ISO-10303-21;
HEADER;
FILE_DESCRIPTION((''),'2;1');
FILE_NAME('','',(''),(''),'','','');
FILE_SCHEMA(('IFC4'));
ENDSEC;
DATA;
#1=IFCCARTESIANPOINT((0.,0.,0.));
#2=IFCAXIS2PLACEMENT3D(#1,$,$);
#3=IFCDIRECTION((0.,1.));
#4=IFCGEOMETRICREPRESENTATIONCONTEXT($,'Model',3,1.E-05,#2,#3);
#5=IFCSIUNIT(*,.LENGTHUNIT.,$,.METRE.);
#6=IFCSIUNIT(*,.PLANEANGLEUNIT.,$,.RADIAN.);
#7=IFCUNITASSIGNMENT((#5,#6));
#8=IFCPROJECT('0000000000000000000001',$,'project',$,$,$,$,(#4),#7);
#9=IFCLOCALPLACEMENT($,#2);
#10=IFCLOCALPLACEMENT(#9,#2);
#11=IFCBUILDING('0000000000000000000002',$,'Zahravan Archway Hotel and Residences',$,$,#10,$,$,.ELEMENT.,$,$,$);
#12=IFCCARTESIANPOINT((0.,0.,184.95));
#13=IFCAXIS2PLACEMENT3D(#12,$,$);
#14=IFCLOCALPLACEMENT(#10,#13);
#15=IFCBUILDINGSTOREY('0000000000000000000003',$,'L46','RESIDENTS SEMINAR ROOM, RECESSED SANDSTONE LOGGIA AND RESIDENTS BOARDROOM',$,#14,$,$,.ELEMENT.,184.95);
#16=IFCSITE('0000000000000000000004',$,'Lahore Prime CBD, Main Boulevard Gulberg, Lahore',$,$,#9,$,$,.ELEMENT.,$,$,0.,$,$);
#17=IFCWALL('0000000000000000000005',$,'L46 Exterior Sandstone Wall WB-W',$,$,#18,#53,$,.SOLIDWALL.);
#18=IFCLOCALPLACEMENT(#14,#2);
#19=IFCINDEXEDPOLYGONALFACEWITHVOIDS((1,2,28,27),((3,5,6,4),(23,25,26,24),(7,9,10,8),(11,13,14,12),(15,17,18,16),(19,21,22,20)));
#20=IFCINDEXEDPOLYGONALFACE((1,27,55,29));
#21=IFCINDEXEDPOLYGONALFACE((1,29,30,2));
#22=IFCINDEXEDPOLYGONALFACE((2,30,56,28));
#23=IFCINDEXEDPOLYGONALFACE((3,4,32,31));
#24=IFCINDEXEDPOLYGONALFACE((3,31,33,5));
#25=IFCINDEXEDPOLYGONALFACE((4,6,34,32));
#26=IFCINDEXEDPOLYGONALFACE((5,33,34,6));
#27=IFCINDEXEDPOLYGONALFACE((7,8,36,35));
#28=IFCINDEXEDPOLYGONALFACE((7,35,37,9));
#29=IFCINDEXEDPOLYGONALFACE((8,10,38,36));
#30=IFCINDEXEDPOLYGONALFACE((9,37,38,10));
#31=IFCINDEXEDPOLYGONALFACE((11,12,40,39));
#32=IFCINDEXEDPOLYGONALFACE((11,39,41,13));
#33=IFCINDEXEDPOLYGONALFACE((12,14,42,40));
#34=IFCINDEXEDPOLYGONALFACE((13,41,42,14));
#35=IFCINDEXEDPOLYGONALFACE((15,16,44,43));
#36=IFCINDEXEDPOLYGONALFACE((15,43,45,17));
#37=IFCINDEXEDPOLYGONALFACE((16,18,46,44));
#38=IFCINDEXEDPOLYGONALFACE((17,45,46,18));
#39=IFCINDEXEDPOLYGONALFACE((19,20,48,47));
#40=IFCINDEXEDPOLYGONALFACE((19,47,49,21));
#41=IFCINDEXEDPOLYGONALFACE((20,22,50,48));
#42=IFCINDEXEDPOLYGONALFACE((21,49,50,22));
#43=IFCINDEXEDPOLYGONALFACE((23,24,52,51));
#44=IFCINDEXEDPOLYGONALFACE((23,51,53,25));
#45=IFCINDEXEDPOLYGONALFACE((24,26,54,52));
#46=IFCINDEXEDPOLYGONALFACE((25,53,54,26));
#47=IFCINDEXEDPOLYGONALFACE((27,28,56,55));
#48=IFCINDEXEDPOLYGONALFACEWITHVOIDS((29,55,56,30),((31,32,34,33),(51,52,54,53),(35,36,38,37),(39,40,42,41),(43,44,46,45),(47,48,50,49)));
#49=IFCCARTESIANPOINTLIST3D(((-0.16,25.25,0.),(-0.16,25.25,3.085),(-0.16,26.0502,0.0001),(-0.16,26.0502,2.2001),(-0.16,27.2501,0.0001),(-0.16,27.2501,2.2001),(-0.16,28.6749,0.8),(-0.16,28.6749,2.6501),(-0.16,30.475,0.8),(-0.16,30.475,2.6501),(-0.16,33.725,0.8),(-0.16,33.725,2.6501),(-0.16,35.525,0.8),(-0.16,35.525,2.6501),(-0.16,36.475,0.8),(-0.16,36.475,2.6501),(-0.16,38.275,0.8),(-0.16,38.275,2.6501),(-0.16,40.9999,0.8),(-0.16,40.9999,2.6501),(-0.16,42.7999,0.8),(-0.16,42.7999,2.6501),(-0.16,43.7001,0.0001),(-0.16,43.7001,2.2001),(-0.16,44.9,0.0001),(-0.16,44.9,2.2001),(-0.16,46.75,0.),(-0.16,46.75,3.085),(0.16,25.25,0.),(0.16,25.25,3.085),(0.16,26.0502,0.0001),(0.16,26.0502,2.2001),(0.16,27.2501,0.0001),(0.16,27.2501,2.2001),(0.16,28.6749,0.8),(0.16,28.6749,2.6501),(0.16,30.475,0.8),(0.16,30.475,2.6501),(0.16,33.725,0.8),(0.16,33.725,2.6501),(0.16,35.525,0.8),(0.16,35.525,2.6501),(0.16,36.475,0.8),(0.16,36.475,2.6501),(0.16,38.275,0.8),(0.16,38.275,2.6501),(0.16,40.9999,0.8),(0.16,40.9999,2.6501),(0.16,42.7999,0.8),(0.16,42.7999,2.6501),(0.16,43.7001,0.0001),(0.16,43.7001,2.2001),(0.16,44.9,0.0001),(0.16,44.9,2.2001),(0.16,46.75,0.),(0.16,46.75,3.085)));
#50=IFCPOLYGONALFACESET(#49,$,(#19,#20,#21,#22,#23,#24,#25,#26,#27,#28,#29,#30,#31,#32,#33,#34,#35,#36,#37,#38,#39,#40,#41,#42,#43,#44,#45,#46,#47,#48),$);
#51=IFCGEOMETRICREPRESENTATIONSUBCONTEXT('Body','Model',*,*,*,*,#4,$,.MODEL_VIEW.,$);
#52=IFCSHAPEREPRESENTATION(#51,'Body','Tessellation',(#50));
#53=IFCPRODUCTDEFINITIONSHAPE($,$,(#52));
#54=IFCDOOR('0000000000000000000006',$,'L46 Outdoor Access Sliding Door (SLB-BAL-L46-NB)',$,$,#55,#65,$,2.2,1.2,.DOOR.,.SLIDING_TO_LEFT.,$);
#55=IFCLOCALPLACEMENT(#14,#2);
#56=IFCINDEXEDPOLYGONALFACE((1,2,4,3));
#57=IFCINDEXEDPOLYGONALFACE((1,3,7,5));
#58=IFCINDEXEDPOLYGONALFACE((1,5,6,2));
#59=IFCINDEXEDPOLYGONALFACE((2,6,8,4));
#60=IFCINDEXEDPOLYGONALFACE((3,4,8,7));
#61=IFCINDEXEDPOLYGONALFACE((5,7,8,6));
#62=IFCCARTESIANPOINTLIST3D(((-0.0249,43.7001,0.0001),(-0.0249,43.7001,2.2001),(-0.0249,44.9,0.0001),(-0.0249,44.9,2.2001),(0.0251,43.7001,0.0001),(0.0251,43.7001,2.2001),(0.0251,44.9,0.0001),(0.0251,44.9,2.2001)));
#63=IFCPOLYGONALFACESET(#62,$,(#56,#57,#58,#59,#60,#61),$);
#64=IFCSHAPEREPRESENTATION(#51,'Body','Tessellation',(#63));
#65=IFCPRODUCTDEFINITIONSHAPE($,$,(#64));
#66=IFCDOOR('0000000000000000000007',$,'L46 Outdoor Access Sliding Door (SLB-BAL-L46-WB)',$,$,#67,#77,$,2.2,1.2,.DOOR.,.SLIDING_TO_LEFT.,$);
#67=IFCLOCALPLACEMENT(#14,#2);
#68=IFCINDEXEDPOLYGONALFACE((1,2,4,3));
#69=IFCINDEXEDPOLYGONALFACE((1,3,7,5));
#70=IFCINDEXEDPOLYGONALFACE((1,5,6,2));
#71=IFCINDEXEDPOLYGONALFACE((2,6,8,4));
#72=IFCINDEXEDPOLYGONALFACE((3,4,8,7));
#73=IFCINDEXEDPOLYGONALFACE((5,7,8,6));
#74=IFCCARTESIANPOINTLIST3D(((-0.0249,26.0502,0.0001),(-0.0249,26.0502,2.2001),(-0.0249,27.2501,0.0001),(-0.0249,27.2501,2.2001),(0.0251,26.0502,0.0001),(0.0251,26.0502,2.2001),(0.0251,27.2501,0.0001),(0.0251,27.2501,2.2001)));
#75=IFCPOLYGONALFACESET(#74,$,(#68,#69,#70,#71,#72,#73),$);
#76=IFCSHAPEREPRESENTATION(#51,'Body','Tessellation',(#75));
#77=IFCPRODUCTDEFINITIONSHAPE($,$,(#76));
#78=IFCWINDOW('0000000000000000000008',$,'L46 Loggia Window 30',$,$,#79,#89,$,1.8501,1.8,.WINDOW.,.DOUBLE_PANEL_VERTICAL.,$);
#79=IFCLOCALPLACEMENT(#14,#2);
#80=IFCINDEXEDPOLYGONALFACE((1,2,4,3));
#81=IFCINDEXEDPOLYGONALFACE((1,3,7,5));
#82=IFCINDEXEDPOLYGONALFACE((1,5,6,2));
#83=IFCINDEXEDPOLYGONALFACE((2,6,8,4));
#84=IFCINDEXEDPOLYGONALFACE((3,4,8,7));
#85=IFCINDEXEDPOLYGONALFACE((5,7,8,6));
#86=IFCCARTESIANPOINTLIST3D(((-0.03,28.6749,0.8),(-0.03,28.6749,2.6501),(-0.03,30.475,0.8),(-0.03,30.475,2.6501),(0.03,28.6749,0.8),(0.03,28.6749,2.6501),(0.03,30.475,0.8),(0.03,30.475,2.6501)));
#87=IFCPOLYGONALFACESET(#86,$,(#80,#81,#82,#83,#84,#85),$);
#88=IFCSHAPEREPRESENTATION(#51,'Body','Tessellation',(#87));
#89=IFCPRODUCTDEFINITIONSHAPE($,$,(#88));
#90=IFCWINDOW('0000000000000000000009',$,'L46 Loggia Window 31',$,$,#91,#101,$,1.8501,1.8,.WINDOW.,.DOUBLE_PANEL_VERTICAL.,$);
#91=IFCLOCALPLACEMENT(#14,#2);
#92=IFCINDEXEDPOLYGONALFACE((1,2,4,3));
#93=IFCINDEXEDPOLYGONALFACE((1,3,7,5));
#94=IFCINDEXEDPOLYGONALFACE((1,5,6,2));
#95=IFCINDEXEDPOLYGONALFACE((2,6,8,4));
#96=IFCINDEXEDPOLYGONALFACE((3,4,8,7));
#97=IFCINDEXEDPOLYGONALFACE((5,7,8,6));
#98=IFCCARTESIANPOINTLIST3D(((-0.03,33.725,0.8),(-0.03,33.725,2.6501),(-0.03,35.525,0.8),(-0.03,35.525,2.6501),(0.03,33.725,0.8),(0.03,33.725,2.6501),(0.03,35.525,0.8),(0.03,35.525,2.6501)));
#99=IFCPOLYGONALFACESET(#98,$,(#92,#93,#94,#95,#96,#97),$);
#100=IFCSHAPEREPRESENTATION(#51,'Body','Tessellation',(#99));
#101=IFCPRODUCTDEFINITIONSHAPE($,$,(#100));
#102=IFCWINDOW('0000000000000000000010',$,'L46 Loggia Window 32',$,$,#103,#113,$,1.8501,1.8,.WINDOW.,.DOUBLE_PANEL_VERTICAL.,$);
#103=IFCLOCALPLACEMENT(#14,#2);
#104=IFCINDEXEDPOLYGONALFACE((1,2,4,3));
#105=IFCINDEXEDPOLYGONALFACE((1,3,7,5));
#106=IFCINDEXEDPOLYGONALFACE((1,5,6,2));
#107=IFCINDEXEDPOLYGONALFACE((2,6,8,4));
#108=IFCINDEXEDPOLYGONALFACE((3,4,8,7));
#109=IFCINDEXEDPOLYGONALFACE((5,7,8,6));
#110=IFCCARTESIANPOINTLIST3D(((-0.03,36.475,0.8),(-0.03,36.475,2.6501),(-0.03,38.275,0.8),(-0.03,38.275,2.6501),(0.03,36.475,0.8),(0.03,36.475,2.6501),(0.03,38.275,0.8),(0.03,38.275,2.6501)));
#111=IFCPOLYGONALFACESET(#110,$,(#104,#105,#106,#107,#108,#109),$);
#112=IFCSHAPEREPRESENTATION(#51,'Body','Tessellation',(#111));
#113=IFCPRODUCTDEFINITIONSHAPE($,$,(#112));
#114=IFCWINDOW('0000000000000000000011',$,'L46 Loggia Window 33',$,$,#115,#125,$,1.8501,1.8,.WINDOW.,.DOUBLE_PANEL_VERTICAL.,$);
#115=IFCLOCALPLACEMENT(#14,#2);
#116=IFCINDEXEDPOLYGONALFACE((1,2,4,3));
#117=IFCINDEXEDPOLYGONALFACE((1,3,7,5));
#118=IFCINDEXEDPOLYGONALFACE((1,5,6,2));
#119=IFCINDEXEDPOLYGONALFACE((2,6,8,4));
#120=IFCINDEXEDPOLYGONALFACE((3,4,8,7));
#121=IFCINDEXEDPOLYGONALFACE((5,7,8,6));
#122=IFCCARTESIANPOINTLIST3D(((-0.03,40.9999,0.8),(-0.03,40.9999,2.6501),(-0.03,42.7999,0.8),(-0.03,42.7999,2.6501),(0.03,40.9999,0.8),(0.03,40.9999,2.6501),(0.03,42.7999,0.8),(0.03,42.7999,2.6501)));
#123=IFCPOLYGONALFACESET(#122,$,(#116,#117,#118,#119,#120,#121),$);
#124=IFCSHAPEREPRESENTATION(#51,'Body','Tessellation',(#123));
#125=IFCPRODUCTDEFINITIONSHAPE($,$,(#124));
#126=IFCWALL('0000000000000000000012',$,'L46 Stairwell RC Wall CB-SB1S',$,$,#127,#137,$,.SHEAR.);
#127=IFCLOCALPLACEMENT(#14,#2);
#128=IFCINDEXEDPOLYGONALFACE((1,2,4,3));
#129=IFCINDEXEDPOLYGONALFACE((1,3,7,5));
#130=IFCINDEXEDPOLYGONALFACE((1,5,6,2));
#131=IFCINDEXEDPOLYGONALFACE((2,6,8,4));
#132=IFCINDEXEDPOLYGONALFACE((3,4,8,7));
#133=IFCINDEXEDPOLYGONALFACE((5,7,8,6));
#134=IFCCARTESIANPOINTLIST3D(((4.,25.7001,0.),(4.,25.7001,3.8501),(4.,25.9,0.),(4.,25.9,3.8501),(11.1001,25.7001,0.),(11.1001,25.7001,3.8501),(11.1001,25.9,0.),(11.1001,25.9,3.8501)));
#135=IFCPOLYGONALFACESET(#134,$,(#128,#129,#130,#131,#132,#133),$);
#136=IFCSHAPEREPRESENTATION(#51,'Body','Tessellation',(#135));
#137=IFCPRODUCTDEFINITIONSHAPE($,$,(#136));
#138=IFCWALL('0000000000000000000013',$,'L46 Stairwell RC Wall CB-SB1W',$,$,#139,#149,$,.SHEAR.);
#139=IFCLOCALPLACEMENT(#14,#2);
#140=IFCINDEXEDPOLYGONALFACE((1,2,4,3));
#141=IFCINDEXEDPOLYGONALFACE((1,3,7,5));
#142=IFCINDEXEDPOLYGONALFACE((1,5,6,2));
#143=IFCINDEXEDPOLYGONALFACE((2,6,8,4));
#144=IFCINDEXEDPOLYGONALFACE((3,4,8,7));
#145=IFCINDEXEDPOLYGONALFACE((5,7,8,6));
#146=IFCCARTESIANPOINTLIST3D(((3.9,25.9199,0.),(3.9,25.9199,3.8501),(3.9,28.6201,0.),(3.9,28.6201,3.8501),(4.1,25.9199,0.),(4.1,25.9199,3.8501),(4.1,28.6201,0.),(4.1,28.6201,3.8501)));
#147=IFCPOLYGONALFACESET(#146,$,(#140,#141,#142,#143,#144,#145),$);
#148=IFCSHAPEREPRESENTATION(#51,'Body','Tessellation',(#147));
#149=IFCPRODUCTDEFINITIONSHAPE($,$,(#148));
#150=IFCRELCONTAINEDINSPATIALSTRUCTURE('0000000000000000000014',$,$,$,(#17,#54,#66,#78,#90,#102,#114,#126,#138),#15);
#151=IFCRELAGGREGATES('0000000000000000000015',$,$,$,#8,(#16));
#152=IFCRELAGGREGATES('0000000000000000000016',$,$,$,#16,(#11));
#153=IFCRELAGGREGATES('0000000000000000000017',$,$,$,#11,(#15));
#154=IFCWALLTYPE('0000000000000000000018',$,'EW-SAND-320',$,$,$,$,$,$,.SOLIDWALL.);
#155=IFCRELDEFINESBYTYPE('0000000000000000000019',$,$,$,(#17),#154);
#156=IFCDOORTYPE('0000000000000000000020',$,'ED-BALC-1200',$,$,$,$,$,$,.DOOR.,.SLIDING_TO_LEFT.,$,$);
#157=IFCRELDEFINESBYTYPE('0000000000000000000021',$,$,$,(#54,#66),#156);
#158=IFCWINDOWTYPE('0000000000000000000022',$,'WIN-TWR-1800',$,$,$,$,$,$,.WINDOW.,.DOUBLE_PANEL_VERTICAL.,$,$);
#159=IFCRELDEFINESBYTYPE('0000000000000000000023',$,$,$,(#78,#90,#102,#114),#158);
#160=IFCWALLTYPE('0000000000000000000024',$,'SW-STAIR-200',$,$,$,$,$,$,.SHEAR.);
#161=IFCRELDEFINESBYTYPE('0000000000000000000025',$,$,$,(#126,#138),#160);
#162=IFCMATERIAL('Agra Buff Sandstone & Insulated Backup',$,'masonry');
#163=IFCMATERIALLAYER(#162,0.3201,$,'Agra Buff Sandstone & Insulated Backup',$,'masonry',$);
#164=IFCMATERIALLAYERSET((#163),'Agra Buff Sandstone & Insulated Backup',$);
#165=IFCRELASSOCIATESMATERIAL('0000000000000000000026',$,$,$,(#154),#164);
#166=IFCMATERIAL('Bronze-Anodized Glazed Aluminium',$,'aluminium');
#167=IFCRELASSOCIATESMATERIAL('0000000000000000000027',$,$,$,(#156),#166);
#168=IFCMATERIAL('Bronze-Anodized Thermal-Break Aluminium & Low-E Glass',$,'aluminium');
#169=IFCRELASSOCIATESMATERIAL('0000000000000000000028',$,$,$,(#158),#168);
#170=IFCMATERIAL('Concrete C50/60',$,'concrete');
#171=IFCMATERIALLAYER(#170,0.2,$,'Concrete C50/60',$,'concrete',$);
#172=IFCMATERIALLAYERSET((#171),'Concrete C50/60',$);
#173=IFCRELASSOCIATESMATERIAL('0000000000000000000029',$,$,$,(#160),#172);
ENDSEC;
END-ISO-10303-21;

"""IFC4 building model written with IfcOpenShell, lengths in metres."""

from ifc_helpers import new_model, si_unit, direction, frame, frame_2d, origin, place, context, subcontext, project, spatial, rectangle, extrude, source, transform, mapped, material, layer, layer_set, type_object, type_shapes, element, fill, save


model = new_model("IFC4")

# Units and contexts
model_context = context("Model", 3, precision=1e-05, world=origin(), true_north=direction((0.0, 1.0)))
body_context = subcontext(model_context, "Body", "Model", "MODEL_VIEW")
ifc_project = project(units=[si_unit("LENGTHUNIT", "METRE"), si_unit("PLANEANGLEUNIT", "RADIAN")], contexts=[model_context])

# Site, building, storey
site_placement = place(None, origin())
site = spatial("IfcSite", under=ifc_project, at=site_placement, Name="Lahore Prime CBD, Main Boulevard Gulberg, Lahore", CompositionType="ELEMENT", RefElevation=0.0)
building_placement = place(site_placement, origin())
building = spatial("IfcBuilding", under=site, at=building_placement, Name="Zahravan Archway Hotel and Residences", CompositionType="ELEMENT")
storey_placement = place(building_placement, frame((0.0, 0.0, 184.95)))
storey = spatial("IfcBuildingStorey", under=building, at=storey_placement, Name="L46", Description="RESIDENTS SEMINAR ROOM, RECESSED SANDSTONE LOGGIA AND RESIDENTS BOARDROOM", CompositionType="ELEMENT", Elevation=184.95)

# Shared definitions
ifc_material_1 = material(Name="Agra Buff Sandstone & Insulated Backup", Category="masonry")
ifc_layer_1 = layer(ifc_material_1, 0.3201, Name="Agra Buff Sandstone & Insulated Backup", Category="masonry")
ifc_layer_set_1 = layer_set([ifc_layer_1], Name="Agra Buff Sandstone & Insulated Backup")
wall_type_1 = type_object("IfcWallType", Name="EW-SAND-320", PredefinedType="SOLIDWALL", material=ifc_layer_set_1)
ifc_material_2 = material(Name="Bronze-Anodized Thermal-Break Aluminium & Low-E Glass", Category="aluminium")

# Wall, openings, doors, windows
wall_1_placement = place(storey_placement, frame((0.0, 25.25, 0.0), z_axis=(0.0, 0.0, 1.0), x_axis=(0.0, 1.0, 0.0)))
wall_1 = element("IfcWall", 1, at=wall_1_placement, inside=storey, type_object=wall_type_1, Name="L46 Exterior Sandstone Wall WB-W", PredefinedType="SOLIDWALL", context=body_context, shape_type="SweptSolid", body=[
    extrude(rectangle(XDim=21.5, YDim=0.3201, at=frame_2d((10.75, 0.0))), origin(), (0.0, 0.0, 1.0), 3.085),
])
opening_1_placement = place(wall_1_placement, frame((18.45, 0.0, 0.0)))
opening_1 = element("IfcOpeningElement", 2, at=opening_1_placement, cuts=wall_1, PredefinedType="OPENING", context=body_context, shape_type="SweptSolid", body=[
    extrude(rectangle(XDim=1.2, YDim=2.2, at=frame_2d((0.6001, 1.1001))), frame((0.0, 0.1699, 0.0), z_axis=(0.0, -1.0, 0.0), x_axis=(1.0, 0.0, 0.0)), (0.0, 0.0, 1.0), 0.3401),
])
opening_2_placement = place(wall_1_placement, frame((0.8, 0.0, 0.0)))
opening_2 = element("IfcOpeningElement", 3, at=opening_2_placement, cuts=wall_1, PredefinedType="OPENING", context=body_context, shape_type="SweptSolid", body=[
    extrude(rectangle(XDim=1.2, YDim=2.2, at=frame_2d((0.6001, 1.1001))), frame((0.0, 0.1699, 0.0), z_axis=(0.0, -1.0, 0.0), x_axis=(1.0, 0.0, 0.0)), (0.0, 0.0, 1.0), 0.3401),
])
opening_3_placement = place(wall_1_placement, frame((3.425, 0.0, 0.8)))
opening_3 = element("IfcOpeningElement", 4, at=opening_3_placement, cuts=wall_1, PredefinedType="OPENING", context=body_context, shape_type="SweptSolid", body=[
    extrude(rectangle(XDim=1.8, YDim=1.8501, at=frame_2d((0.8999, 0.925))), frame((0.0, 0.1699, 0.0), z_axis=(0.0, -1.0, 0.0), x_axis=(1.0, 0.0, 0.0)), (0.0, 0.0, 1.0), 0.3401),
])
opening_4_placement = place(wall_1_placement, frame((8.4751, 0.0, 0.8)))
opening_4 = element("IfcOpeningElement", 5, at=opening_4_placement, cuts=wall_1, PredefinedType="OPENING", context=body_context, shape_type="SweptSolid", body=[
    extrude(rectangle(XDim=1.8, YDim=1.8501, at=frame_2d((0.8999, 0.925))), frame((0.0, 0.1699, 0.0), z_axis=(0.0, -1.0, 0.0), x_axis=(1.0, 0.0, 0.0)), (0.0, 0.0, 1.0), 0.3401),
])
opening_5_placement = place(wall_1_placement, frame((11.2251, 0.0, 0.8)))
opening_5 = element("IfcOpeningElement", 6, at=opening_5_placement, cuts=wall_1, PredefinedType="OPENING", context=body_context, shape_type="SweptSolid", body=[
    extrude(rectangle(XDim=1.8, YDim=1.8501, at=frame_2d((0.8999, 0.925))), frame((0.0, 0.1699, 0.0), z_axis=(0.0, -1.0, 0.0), x_axis=(1.0, 0.0, 0.0)), (0.0, 0.0, 1.0), 0.3401),
])
opening_6_placement = place(wall_1_placement, frame((15.75, 0.0, 0.8)))
opening_6 = element("IfcOpeningElement", 7, at=opening_6_placement, cuts=wall_1, PredefinedType="OPENING", context=body_context, shape_type="SweptSolid", body=[
    extrude(rectangle(XDim=1.8, YDim=1.8501, at=frame_2d((0.8999, 0.925))), frame((0.0, 0.1699, 0.0), z_axis=(0.0, -1.0, 0.0), x_axis=(1.0, 0.0, 0.0)), (0.0, 0.0, 1.0), 0.3401),
])
ifc_material_3 = material(Name="Bronze-Anodized Glazed Aluminium", Category="aluminium")
door_type_1 = type_object("IfcDoorType", Name="ED-BALC-1200", OperationType="SLIDING_TO_LEFT", PredefinedType="DOOR", material=ifc_material_3)
shared_shape_1 = source(origin(), body_context, "Body", "SweptSolid", [
    extrude(rectangle(XDim=1.2, YDim=2.2, at=frame_2d((0.6001, 1.1001))), frame((0.0, 0.0249, 0.0), z_axis=(0.0, -1.0, 0.0), x_axis=(1.0, 0.0, 0.0)), (0.0, 0.0, 1.0), 0.05),
])
type_shapes(door_type_1, [shared_shape_1])
door_1_placement = place(opening_1_placement, origin())
door_1 = element("IfcDoor", 8, at=door_1_placement, inside=storey, type_object=door_type_1, Name="L46 Outdoor Access Sliding Door (SLB-BAL-L46-NB)", OperationType="SLIDING_TO_LEFT", OverallHeight=2.2, OverallWidth=1.2, PredefinedType="DOOR", context=body_context, shape_type="MappedRepresentation", body=[
    mapped(shared_shape_1, transform((0.0, 0.0, 0.0), scale=1.0)),
])
fill(opening_1, door_1)
door_2_placement = place(opening_2_placement, origin())
door_2 = element("IfcDoor", 9, at=door_2_placement, inside=storey, type_object=door_type_1, Name="L46 Outdoor Access Sliding Door (SLB-BAL-L46-WB)", OperationType="SLIDING_TO_LEFT", OverallHeight=2.2, OverallWidth=1.2, PredefinedType="DOOR", context=body_context, shape_type="MappedRepresentation", body=[
    mapped(shared_shape_1, transform((0.0, 0.0, 0.0), scale=1.0)),
])
fill(opening_2, door_2)
window_type_1 = type_object("IfcWindowType", Name="WIN-TWR-1800", PartitioningType="DOUBLE_PANEL_VERTICAL", PredefinedType="WINDOW", material=ifc_material_2)
shared_shape_2 = source(origin(), body_context, "Body", "SweptSolid", [
    extrude(rectangle(XDim=1.8, YDim=1.8501, at=frame_2d((0.8999, 0.925))), frame((0.0, 0.03, 0.0), z_axis=(0.0, -1.0, 0.0), x_axis=(1.0, 0.0, 0.0)), (0.0, 0.0, 1.0), 0.0601),
])
type_shapes(window_type_1, [shared_shape_2])
window_1_placement = place(opening_3_placement, origin())
window_1 = element("IfcWindow", 10, at=window_1_placement, inside=storey, type_object=window_type_1, Name="L46 Loggia Window 30", OverallHeight=1.8501, OverallWidth=1.8, PartitioningType="DOUBLE_PANEL_VERTICAL", PredefinedType="WINDOW", context=body_context, shape_type="MappedRepresentation", body=[
    mapped(shared_shape_2, transform((0.0, 0.0, 0.0), scale=1.0)),
])
fill(opening_3, window_1)
window_2_placement = place(opening_4_placement, origin())
window_2 = element("IfcWindow", 11, at=window_2_placement, inside=storey, type_object=window_type_1, Name="L46 Loggia Window 31", OverallHeight=1.8501, OverallWidth=1.8, PartitioningType="DOUBLE_PANEL_VERTICAL", PredefinedType="WINDOW", context=body_context, shape_type="MappedRepresentation", body=[
    mapped(shared_shape_2, transform((0.0, 0.0, 0.0), scale=1.0)),
])
fill(opening_4, window_2)
window_3_placement = place(opening_5_placement, origin())
window_3 = element("IfcWindow", 12, at=window_3_placement, inside=storey, type_object=window_type_1, Name="L46 Loggia Window 32", OverallHeight=1.8501, OverallWidth=1.8, PartitioningType="DOUBLE_PANEL_VERTICAL", PredefinedType="WINDOW", context=body_context, shape_type="MappedRepresentation", body=[
    mapped(shared_shape_2, transform((0.0, 0.0, 0.0), scale=1.0)),
])
fill(opening_5, window_3)
window_4_placement = place(opening_6_placement, origin())
window_4 = element("IfcWindow", 13, at=window_4_placement, inside=storey, type_object=window_type_1, Name="L46 Loggia Window 33", OverallHeight=1.8501, OverallWidth=1.8, PartitioningType="DOUBLE_PANEL_VERTICAL", PredefinedType="WINDOW", context=body_context, shape_type="MappedRepresentation", body=[
    mapped(shared_shape_2, transform((0.0, 0.0, 0.0), scale=1.0)),
])
fill(opening_6, window_4)

# Walls
ifc_material_4 = material(Name="Concrete C50/60", Category="concrete")
ifc_layer_2 = layer(ifc_material_4, 0.2, Name="Concrete C50/60", Category="concrete")
ifc_layer_set_2 = layer_set([ifc_layer_2], Name="Concrete C50/60")
wall_type_2 = type_object("IfcWallType", Name="SW-STAIR-200", PredefinedType="SHEAR", material=ifc_layer_set_2)
wall_2_placement = place(storey_placement, frame((4.0, 25.8, 0.0), z_axis=(0.0, 0.0, 1.0), x_axis=(1.0, 0.0, 0.0)))
element("IfcWall", 14, at=wall_2_placement, inside=storey, type_object=wall_type_2, Name="L46 Stairwell RC Wall CB-SB1S", PredefinedType="SHEAR", context=body_context, shape_type="SweptSolid", body=[
    extrude(rectangle(XDim=7.1001, YDim=0.2, at=frame_2d((3.55, 0.0))), origin(), (0.0, 0.0, 1.0), 3.8501),
])
wall_3_placement = place(storey_placement, frame((4.0, 25.9199, 0.0), z_axis=(0.0, 0.0, 1.0), x_axis=(0.0, 1.0, 0.0)))
element("IfcWall", 15, at=wall_3_placement, inside=storey, type_object=wall_type_2, Name="L46 Stairwell RC Wall CB-SB1W", PredefinedType="SHEAR", context=body_context, shape_type="SweptSolid", body=[
    extrude(rectangle(XDim=2.7002, YDim=0.2, at=frame_2d((1.3501, 0.0))), origin(), (0.0, 0.0, 1.0), 3.8501),
])

save(model, "model.ifc")
